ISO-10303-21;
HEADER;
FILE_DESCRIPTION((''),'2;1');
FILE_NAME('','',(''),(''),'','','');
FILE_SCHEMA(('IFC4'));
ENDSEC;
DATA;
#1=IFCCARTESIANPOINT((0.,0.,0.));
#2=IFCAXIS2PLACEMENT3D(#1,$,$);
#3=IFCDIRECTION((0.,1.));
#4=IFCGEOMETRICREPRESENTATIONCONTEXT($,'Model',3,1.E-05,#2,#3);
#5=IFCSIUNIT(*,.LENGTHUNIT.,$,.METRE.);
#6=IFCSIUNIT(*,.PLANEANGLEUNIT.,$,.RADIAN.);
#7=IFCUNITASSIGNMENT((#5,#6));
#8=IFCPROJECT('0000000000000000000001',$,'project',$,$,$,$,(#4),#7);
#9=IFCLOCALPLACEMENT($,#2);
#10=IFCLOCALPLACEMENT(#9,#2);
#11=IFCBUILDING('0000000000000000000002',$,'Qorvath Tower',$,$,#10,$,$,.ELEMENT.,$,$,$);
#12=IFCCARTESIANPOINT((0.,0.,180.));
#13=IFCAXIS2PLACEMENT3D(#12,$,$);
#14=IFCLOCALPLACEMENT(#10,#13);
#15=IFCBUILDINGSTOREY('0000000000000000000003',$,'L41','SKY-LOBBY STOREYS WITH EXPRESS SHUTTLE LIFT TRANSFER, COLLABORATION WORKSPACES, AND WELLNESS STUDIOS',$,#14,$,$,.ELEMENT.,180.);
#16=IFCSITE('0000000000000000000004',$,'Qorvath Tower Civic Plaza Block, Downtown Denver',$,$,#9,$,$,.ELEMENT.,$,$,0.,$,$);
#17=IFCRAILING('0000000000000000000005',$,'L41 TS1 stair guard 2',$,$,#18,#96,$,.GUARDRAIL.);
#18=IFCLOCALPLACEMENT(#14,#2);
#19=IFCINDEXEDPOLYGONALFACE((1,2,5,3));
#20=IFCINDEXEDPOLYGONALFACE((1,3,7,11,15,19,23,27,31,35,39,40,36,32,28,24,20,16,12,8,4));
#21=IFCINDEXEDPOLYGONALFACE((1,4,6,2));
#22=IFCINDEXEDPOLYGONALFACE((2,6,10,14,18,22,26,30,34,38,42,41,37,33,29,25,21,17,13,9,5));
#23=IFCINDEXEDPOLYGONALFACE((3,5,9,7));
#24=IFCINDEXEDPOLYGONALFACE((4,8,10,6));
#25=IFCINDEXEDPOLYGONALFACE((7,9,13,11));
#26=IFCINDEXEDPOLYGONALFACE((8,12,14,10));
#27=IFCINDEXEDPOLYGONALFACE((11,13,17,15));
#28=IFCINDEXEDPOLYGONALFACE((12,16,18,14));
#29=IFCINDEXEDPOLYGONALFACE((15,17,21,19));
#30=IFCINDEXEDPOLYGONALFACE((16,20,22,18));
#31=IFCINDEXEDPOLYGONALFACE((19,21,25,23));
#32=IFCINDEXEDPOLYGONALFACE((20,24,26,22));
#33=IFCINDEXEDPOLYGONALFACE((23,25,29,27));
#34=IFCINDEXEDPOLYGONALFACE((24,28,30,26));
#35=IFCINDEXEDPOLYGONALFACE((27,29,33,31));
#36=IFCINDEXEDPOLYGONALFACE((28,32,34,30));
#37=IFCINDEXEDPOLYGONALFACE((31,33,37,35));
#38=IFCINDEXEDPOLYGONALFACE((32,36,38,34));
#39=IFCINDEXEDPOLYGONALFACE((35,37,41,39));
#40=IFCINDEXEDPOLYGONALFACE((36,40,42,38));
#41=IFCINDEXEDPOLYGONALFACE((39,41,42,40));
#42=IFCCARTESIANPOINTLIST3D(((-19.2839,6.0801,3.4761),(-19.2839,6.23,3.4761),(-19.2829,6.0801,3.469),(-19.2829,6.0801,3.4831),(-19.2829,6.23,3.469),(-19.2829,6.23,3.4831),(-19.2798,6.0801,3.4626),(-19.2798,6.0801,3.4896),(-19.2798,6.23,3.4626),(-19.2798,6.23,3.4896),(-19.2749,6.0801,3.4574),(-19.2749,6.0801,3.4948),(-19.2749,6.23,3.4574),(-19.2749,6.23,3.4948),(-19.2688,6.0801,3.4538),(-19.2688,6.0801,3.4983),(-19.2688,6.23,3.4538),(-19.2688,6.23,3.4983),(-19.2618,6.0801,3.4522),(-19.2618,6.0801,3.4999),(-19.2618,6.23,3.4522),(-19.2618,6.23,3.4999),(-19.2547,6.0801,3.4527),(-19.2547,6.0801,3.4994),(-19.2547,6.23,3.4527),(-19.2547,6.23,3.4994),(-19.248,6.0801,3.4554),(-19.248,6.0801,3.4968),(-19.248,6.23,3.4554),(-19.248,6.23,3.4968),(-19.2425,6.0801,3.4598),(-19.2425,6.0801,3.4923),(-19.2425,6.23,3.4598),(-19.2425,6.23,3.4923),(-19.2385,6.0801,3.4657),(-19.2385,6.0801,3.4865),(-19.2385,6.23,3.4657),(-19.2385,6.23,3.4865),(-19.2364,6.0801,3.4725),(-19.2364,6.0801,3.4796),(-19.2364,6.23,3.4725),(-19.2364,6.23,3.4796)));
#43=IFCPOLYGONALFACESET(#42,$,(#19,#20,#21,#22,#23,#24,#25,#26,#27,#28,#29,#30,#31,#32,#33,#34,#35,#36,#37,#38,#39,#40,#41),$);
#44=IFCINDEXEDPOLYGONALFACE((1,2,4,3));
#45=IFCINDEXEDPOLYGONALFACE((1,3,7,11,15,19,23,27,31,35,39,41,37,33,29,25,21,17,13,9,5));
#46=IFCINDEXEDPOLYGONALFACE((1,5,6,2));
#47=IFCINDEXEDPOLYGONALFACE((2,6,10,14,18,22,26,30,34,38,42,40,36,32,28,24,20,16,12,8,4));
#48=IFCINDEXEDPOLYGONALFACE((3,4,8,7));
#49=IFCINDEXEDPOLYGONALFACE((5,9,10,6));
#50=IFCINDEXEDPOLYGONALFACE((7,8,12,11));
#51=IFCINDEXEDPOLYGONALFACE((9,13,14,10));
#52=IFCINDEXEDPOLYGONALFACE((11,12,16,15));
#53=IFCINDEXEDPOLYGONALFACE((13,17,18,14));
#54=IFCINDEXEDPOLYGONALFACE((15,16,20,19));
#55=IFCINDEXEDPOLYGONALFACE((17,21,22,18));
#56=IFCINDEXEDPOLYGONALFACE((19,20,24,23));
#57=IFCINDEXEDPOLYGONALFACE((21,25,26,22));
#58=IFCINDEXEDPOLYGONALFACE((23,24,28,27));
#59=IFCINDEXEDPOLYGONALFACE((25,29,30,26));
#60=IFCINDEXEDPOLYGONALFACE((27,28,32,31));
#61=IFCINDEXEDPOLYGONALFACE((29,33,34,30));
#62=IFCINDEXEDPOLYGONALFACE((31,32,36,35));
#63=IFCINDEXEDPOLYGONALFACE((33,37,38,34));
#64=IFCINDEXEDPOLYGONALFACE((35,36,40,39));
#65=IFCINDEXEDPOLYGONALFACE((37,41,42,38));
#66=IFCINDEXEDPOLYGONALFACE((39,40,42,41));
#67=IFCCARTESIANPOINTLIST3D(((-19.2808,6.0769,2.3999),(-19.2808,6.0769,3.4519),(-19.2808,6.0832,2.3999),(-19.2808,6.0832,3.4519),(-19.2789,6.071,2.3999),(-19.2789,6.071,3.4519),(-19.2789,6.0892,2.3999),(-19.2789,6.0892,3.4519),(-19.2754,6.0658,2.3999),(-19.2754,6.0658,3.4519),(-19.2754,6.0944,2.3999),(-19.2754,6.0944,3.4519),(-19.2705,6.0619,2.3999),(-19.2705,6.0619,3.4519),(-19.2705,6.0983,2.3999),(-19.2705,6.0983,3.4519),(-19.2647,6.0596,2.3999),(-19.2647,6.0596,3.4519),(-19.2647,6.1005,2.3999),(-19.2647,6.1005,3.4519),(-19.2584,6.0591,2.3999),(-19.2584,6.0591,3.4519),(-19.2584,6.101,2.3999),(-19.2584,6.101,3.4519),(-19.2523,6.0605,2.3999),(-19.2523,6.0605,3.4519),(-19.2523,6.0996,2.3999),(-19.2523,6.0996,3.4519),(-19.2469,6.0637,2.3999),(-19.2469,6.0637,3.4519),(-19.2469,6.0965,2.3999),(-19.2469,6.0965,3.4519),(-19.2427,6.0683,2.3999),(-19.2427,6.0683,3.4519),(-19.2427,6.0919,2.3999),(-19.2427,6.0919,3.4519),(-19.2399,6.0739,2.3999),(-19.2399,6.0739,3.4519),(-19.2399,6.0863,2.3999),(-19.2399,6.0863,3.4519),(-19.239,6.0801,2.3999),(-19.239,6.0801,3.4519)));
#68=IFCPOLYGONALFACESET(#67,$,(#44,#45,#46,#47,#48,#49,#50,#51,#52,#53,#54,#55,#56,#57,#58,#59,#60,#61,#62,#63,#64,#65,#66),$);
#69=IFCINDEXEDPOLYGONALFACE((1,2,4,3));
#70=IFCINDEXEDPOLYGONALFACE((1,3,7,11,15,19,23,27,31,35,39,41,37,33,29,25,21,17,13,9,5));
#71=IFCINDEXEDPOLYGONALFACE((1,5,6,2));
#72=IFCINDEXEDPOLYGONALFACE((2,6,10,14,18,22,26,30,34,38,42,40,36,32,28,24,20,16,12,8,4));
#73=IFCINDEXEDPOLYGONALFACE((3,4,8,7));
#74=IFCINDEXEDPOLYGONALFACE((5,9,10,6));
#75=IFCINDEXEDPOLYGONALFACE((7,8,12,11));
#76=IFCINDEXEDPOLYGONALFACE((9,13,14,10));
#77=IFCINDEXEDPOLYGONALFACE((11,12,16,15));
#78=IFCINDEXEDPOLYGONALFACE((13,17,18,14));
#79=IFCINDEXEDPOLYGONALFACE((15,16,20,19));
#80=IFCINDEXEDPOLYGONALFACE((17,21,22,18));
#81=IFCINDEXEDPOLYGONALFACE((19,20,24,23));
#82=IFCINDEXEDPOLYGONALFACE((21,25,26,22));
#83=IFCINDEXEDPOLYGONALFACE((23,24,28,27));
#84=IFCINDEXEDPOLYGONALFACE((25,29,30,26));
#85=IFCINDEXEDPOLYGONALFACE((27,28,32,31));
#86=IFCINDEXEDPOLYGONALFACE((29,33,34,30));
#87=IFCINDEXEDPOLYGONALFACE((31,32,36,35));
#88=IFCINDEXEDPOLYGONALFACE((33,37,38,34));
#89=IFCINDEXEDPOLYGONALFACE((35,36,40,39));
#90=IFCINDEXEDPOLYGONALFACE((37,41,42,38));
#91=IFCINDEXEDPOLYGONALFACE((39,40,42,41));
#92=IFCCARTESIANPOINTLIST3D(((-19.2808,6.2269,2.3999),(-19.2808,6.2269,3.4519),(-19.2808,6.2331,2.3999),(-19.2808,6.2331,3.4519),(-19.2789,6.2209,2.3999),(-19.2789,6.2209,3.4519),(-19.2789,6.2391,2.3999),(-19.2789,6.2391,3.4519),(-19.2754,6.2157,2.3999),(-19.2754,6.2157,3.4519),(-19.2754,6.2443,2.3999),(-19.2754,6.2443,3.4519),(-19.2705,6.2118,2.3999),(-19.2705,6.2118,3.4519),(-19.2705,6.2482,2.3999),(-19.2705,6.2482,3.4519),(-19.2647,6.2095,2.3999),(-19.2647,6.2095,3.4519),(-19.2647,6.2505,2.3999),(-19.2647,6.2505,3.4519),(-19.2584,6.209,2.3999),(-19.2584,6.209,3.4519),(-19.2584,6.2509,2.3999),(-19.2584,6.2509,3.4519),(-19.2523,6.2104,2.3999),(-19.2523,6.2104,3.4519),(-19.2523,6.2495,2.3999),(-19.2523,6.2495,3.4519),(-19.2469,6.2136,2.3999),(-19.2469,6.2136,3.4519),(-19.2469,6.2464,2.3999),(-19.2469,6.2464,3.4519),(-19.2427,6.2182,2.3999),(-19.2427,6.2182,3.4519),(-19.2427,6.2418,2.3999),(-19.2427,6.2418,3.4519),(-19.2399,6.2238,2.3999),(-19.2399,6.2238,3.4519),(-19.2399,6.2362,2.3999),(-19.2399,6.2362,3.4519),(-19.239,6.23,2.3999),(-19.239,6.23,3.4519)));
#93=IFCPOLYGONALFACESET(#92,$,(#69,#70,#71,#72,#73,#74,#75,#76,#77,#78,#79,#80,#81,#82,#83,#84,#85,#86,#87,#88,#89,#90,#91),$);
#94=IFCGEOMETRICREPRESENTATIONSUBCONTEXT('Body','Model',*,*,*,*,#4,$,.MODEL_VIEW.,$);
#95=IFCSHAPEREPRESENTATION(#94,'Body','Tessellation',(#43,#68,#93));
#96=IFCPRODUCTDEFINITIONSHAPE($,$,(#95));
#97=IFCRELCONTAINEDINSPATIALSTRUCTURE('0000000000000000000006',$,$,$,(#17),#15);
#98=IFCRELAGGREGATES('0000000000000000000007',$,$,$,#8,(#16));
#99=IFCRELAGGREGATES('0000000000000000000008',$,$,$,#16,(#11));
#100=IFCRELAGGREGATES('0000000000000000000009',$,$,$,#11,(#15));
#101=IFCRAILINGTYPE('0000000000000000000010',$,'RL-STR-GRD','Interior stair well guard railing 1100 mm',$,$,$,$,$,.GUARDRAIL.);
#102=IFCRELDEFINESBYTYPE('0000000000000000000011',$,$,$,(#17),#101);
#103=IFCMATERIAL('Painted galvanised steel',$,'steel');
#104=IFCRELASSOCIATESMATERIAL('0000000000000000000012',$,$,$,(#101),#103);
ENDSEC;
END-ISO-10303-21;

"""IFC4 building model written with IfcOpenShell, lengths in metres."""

from ifc_helpers import new_model, si_unit, direction, frame, origin, origin_2d, place, context, subcontext, project, spatial, circle, extrude, material, type_object, element, save


model = new_model("IFC4")

# Units and contexts
model_context = context("Model", 3, precision=1e-05, world=origin(), true_north=direction((0.0, 1.0)))
body_context = subcontext(model_context, "Body", "Model", "MODEL_VIEW")
ifc_project = project(units=[si_unit("LENGTHUNIT", "METRE"), si_unit("PLANEANGLEUNIT", "RADIAN")], contexts=[model_context])

# Site, building, storey
site_placement = place(None, origin())
site = spatial("IfcSite", under=ifc_project, at=site_placement, Name="Qorvath Tower Civic Plaza Block, Downtown Denver", CompositionType="ELEMENT", RefElevation=0.0)
building_placement = place(site_placement, origin())
building = spatial("IfcBuilding", under=site, at=building_placement, Name="Qorvath Tower", CompositionType="ELEMENT")
storey_placement = place(building_placement, frame((0.0, 0.0, 180.0)))
storey = spatial("IfcBuildingStorey", under=building, at=storey_placement, Name="L41", Description="SKY-LOBBY STOREYS WITH EXPRESS SHUTTLE LIFT TRANSFER, COLLABORATION WORKSPACES, AND WELLNESS STUDIOS", CompositionType="ELEMENT", Elevation=180.0)

# Railing
ifc_material_1 = material(Name="Painted galvanised steel", Category="steel")
railing_type_1 = type_object("IfcRailingType", Name="RL-STR-GRD", Description="Interior stair well guard railing 1100 mm", PredefinedType="GUARDRAIL", material=ifc_material_1)
railing_1_placement = place(storey_placement, frame((-19.26, 6.0801, 2.3999)))
element("IfcRailing", 1, at=railing_1_placement, inside=storey, type_object=railing_type_1, Name="L41 TS1 stair guard 2", PredefinedType="GUARDRAIL", context=body_context, shape_type="SweptSolid", body=[
    extrude(circle(Radius=0.0239, at=origin_2d()), frame((0.0, 0.0, 1.0762), z_axis=(0.0, 1.0, 0.0), x_axis=(-1.0, 0.0, 0.0)), (0.0, 0.0, 1.0), 0.1499),
    extrude(circle(Radius=0.021, at=origin_2d()), origin(), (0.0, 0.0, 1.0), 1.052),
    extrude(circle(Radius=0.021, at=origin_2d()), frame((0.0, 0.1499, 0.0)), (0.0, 0.0, 1.0), 1.052),
])

save(model, "model.ifc")
